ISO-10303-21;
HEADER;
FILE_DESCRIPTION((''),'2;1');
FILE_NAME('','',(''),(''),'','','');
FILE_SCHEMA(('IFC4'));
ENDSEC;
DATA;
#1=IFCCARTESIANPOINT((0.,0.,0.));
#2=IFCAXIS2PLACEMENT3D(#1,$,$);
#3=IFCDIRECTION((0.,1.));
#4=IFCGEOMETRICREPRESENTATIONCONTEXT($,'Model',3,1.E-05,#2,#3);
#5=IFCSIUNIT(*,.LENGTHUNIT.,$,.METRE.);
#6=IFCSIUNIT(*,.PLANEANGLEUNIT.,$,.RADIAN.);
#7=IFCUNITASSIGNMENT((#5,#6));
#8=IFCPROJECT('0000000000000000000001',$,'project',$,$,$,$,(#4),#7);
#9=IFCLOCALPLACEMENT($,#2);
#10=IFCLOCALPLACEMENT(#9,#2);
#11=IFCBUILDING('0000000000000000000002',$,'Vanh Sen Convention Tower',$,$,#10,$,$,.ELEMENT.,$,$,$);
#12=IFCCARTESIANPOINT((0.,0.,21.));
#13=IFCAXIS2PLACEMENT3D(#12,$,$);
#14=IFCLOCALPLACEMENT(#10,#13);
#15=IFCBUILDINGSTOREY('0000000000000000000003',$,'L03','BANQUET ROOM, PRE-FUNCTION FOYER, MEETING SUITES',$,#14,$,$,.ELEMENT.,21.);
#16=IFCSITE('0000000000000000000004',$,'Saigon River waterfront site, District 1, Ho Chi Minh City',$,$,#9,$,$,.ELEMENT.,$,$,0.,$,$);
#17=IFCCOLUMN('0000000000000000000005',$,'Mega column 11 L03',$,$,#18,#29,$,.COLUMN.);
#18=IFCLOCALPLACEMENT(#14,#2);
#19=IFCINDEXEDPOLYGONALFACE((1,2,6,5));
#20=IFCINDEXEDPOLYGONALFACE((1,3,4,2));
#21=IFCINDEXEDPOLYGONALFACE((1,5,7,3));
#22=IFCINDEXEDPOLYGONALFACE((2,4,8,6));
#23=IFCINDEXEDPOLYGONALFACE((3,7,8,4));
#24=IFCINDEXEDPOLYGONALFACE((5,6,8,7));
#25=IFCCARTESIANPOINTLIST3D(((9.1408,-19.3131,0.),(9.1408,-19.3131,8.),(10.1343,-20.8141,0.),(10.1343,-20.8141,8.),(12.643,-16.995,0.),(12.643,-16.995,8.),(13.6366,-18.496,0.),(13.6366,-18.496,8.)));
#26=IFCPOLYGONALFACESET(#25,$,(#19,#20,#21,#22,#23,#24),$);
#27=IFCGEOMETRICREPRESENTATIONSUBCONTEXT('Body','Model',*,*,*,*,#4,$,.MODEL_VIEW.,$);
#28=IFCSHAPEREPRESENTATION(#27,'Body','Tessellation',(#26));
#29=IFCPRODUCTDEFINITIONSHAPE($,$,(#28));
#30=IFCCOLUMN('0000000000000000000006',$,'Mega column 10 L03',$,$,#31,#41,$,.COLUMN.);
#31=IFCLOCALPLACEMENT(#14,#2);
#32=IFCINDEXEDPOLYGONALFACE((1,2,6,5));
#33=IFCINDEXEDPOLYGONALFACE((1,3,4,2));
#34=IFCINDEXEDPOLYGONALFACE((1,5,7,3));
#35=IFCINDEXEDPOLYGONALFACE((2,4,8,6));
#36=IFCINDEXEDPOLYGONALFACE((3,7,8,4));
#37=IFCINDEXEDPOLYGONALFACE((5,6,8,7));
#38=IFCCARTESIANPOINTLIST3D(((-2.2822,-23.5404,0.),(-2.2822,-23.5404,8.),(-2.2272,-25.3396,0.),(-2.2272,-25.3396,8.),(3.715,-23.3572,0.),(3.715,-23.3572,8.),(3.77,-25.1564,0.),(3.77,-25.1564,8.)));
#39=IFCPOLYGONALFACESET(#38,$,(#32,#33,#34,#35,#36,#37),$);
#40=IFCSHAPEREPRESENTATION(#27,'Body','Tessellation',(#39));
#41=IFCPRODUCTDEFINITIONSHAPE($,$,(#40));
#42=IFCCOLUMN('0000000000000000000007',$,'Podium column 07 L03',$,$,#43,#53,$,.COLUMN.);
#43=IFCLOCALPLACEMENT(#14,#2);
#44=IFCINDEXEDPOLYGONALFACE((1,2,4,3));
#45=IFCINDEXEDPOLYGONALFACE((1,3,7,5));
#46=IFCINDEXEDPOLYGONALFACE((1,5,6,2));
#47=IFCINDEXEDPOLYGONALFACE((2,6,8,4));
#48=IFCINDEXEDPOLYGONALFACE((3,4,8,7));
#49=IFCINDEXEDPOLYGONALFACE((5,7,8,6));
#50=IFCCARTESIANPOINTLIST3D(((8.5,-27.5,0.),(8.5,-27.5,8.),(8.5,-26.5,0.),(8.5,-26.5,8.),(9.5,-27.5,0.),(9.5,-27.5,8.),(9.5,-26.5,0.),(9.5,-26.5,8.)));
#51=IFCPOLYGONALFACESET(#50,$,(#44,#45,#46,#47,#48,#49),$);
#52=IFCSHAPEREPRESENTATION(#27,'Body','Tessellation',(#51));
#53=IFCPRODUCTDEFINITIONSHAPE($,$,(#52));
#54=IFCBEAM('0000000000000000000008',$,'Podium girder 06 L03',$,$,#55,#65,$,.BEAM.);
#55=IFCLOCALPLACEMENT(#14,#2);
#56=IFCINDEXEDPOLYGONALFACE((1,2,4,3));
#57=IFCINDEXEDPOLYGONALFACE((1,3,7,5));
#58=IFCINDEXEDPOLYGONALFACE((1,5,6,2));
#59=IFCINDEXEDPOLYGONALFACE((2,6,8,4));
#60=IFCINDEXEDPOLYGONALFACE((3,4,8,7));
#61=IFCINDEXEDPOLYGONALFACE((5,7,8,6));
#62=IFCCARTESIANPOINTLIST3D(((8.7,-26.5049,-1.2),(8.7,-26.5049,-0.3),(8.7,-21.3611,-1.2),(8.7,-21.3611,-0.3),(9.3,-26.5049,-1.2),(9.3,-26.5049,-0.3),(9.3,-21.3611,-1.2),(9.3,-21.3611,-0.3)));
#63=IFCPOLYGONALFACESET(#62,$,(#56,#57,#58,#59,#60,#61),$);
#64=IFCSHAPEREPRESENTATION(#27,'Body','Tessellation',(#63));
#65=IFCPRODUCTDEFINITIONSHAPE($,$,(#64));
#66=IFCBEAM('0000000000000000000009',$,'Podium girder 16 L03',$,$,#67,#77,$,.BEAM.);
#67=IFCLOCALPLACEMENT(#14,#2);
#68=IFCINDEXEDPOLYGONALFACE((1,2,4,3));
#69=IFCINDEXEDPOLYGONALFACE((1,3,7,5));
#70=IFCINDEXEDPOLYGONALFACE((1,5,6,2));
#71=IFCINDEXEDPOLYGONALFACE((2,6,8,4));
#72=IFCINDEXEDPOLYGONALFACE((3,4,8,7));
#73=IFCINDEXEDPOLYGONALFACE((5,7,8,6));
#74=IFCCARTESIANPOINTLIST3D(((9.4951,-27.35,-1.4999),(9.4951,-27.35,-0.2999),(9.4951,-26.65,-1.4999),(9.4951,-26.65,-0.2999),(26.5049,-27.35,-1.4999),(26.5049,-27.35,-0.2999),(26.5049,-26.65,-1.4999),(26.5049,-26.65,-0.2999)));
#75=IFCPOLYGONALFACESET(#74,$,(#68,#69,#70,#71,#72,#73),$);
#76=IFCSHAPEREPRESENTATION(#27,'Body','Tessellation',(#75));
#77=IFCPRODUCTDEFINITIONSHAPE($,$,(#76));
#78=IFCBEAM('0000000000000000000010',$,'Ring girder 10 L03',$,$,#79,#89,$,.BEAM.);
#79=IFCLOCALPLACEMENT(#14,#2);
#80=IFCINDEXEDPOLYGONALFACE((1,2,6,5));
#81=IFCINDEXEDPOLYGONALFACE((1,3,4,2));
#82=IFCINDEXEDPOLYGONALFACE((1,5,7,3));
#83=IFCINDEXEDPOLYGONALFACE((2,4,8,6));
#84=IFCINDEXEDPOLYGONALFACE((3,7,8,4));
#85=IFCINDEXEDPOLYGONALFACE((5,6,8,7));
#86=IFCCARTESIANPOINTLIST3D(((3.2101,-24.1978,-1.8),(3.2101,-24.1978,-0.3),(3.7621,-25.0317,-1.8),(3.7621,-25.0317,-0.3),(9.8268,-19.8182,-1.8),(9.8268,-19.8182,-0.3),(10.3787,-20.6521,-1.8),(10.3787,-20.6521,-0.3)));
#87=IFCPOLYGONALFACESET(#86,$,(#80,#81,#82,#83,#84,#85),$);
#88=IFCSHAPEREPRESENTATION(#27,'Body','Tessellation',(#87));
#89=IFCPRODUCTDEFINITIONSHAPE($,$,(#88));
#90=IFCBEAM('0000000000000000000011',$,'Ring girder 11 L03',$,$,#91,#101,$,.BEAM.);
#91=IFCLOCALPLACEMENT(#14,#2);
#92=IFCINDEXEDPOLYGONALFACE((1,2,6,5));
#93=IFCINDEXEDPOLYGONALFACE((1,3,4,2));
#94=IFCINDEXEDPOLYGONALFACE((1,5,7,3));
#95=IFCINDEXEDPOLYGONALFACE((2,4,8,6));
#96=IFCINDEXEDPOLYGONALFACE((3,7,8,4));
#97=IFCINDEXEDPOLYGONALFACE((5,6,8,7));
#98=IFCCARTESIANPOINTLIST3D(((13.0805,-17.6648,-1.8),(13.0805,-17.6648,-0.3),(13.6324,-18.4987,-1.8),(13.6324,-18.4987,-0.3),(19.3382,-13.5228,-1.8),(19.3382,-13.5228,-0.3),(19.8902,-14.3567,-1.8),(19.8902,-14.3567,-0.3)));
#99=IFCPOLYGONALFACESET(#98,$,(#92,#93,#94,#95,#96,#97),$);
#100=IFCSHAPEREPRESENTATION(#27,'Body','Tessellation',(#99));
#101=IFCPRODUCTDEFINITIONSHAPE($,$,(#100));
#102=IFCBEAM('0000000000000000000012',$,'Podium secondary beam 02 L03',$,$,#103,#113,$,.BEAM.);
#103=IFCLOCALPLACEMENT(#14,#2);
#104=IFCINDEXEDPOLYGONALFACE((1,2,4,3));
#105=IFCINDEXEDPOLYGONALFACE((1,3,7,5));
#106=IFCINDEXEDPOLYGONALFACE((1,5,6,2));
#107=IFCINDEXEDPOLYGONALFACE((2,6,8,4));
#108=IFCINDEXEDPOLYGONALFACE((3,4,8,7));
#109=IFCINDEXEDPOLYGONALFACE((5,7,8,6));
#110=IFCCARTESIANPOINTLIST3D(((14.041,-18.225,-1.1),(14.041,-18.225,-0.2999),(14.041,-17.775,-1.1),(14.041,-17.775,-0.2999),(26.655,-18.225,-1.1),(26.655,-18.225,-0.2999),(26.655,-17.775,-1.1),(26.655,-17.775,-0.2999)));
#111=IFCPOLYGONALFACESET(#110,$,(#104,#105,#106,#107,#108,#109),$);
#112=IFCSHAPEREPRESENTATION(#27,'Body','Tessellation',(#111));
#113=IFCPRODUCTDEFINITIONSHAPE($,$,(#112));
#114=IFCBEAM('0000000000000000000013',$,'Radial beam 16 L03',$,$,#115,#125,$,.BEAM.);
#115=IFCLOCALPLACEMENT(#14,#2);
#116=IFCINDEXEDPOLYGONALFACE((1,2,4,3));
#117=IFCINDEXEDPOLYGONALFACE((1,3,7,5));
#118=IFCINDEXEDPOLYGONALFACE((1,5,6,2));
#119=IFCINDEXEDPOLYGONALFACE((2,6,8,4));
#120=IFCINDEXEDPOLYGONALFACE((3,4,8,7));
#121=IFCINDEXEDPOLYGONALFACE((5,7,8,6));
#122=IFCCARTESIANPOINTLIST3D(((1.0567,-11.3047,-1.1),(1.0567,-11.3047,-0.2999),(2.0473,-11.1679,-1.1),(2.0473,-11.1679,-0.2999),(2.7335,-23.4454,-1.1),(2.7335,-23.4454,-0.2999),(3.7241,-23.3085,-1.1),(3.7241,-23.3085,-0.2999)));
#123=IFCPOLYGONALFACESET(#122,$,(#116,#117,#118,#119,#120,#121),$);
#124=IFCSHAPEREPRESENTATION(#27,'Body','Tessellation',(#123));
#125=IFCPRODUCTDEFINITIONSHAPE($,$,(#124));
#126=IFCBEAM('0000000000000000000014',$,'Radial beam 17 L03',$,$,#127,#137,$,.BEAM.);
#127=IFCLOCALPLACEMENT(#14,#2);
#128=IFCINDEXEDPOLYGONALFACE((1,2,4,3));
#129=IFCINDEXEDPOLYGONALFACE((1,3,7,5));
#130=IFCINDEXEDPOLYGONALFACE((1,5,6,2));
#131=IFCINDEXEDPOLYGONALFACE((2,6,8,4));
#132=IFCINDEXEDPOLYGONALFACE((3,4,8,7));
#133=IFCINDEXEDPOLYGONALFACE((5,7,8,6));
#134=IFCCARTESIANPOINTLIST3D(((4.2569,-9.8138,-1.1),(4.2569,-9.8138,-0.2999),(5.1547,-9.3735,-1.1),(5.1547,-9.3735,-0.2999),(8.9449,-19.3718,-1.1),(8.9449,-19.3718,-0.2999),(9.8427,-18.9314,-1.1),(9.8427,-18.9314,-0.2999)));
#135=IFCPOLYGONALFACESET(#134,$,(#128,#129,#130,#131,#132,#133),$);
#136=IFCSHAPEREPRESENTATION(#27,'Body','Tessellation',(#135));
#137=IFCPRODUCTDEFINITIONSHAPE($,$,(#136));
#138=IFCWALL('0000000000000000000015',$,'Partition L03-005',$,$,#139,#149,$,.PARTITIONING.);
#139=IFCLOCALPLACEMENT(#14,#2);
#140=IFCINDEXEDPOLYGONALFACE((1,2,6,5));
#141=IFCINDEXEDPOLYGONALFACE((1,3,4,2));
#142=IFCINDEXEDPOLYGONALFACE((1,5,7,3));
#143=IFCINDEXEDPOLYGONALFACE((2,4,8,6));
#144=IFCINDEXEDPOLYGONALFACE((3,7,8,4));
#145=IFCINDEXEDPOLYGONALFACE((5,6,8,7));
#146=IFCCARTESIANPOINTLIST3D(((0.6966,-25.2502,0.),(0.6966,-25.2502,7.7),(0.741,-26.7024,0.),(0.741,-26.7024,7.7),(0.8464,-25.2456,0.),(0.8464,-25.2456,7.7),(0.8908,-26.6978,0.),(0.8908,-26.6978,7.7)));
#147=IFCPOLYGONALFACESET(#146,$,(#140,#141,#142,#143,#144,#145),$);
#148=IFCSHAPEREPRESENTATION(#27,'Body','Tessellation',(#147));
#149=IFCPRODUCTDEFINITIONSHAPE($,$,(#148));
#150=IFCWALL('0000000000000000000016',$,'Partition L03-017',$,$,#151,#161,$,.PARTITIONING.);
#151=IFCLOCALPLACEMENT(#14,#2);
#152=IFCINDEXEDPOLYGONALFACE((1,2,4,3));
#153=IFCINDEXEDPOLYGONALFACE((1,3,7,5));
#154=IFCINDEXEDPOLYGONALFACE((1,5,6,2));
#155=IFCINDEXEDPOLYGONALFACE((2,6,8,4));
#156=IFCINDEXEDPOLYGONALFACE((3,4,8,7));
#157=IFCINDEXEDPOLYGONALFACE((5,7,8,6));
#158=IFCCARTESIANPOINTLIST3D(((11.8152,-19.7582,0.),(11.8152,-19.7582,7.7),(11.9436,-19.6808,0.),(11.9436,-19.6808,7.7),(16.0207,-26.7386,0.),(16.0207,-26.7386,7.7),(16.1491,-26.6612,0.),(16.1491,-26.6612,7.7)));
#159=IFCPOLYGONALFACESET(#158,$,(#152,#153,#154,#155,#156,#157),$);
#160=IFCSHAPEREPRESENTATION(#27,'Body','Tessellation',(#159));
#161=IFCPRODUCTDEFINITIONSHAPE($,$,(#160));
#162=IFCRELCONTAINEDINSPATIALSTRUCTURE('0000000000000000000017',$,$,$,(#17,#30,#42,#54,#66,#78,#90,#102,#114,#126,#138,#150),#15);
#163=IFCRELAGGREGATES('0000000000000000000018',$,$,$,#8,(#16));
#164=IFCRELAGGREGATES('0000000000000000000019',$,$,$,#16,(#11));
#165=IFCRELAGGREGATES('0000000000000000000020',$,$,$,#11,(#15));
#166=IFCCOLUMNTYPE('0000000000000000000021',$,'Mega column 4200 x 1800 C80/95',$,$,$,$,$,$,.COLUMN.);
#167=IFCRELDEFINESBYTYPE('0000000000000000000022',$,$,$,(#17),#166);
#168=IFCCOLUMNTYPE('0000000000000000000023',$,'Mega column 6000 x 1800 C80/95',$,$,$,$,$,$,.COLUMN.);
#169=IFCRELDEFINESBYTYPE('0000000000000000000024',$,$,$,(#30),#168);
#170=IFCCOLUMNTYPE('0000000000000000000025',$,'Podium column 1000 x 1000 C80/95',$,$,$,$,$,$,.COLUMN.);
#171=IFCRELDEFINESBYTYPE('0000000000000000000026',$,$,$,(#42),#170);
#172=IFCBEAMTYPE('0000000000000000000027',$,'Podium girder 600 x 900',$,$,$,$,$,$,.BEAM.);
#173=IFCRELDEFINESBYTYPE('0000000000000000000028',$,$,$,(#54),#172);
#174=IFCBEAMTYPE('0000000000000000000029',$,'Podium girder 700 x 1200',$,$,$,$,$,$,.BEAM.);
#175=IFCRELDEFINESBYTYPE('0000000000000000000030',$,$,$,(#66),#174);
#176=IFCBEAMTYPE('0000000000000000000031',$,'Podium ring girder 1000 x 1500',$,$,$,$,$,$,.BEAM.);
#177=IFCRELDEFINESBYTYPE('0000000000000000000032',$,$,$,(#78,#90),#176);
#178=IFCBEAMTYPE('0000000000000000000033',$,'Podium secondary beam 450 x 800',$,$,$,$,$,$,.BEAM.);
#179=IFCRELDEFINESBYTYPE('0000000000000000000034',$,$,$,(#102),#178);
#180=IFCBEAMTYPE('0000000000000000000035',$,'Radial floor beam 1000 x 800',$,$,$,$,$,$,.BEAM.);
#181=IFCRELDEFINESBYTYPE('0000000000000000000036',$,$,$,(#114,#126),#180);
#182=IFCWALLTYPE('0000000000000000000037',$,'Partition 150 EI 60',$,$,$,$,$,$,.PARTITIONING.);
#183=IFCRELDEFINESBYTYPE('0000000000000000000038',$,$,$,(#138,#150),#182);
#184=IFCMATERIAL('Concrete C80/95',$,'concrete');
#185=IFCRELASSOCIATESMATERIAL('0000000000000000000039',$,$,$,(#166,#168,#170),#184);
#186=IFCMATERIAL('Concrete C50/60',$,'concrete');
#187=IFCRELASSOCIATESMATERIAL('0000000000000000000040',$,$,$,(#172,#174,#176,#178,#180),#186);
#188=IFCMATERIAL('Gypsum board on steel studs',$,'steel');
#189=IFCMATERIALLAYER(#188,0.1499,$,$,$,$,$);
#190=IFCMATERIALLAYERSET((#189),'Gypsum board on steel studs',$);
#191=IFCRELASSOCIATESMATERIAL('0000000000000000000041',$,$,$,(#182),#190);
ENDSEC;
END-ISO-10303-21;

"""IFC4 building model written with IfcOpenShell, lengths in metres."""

from ifc_helpers import new_model, si_unit, direction, frame, frame_2d, origin, origin_2d, place, context, subcontext, project, spatial, rectangle, extrude, material, layer, layer_set, material_profile, profile_set, type_object, element, save


model = new_model("IFC4")

# Units and contexts
model_context = context("Model", 3, precision=1e-05, world=origin(), true_north=direction((0.0, 1.0)))
body_context = subcontext(model_context, "Body", "Model", "MODEL_VIEW")
ifc_project = project(units=[si_unit("LENGTHUNIT", "METRE"), si_unit("PLANEANGLEUNIT", "RADIAN")], contexts=[model_context])

# Site, building, storey
site_placement = place(None, origin())
site = spatial("IfcSite", under=ifc_project, at=site_placement, Name="Saigon River waterfront site, District 1, Ho Chi Minh City", CompositionType="ELEMENT", RefElevation=0.0)
building_placement = place(site_placement, origin())
building = spatial("IfcBuilding", under=site, at=building_placement, Name="Vanh Sen Convention Tower", CompositionType="ELEMENT")
storey_placement = place(building_placement, frame((0.0, 0.0, 21.0)))
storey = spatial("IfcBuildingStorey", under=building, at=storey_placement, Name="L03", Description="BANQUET ROOM, PRE-FUNCTION FOYER, MEETING SUITES", CompositionType="ELEMENT", Elevation=21.0)

# Columns
ifc_material_1 = material(Name="Concrete C80/95", Category="concrete")
ifc_material_profile_1 = material_profile(ifc_material_1, rectangle(XDim=4.2, YDim=1.8, at=origin_2d()), Name="RC 4200X1800")
ifc_profile_set_1 = profile_set([ifc_material_profile_1], Name="Concrete C80/95")
column_type_1 = type_object("IfcColumnType", Name="Mega column 4200 x 1800 C80/95", PredefinedType="COLUMN", material=ifc_profile_set_1)
column_1_placement = place(storey_placement, frame((11.3887, -18.9045, 0.0), z_axis=(0.0, 0.0, 1.0), x_axis=(0.83388, 0.551946, 0.0)))
element("IfcColumn", 1, at=column_1_placement, inside=storey, type_object=column_type_1, Name="Mega column 11 L03", PredefinedType="COLUMN", context=body_context, shape_type="SweptSolid", body=[
    extrude(rectangle(XDim=4.2, YDim=1.8, at=origin_2d()), origin(), (0.0, 0.0, 1.0), 8.0),
])
ifc_material_profile_2 = material_profile(ifc_material_1, rectangle(XDim=6.0, YDim=1.8, at=origin_2d()), Name="RC 6000X1800")
ifc_profile_set_2 = profile_set([ifc_material_profile_2], Name="Concrete C80/95")
column_type_2 = type_object("IfcColumnType", Name="Mega column 6000 x 1800 C80/95", PredefinedType="COLUMN", material=ifc_profile_set_2)
column_2_placement = place(storey_placement, frame((0.7439, -24.3484, 0.0), z_axis=(0.0, 0.0, 1.0), x_axis=(0.999533, 0.030542, 0.0)))
element("IfcColumn", 2, at=column_2_placement, inside=storey, type_object=column_type_2, Name="Mega column 10 L03", PredefinedType="COLUMN", context=body_context, shape_type="SweptSolid", body=[
    extrude(rectangle(XDim=6.0, YDim=1.8, at=origin_2d()), origin(), (0.0, 0.0, 1.0), 8.0),
])
ifc_material_profile_3 = material_profile(ifc_material_1, rectangle(XDim=1.0, YDim=1.0, at=origin_2d()), Name="RC 1000X1000")
ifc_profile_set_3 = profile_set([ifc_material_profile_3], Name="Concrete C80/95")
column_type_3 = type_object("IfcColumnType", Name="Podium column 1000 x 1000 C80/95", PredefinedType="COLUMN", material=ifc_profile_set_3)
column_3_placement = place(storey_placement, frame((9.0, -27.0, 0.0), z_axis=(0.0, 0.0, 1.0), x_axis=(1.0, 0.0, 0.0)))
element("IfcColumn", 3, at=column_3_placement, inside=storey, type_object=column_type_3, Name="Podium column 07 L03", PredefinedType="COLUMN", context=body_context, shape_type="SweptSolid", body=[
    extrude(rectangle(XDim=1.0, YDim=1.0, at=origin_2d()), origin(), (0.0, 0.0, 1.0), 8.0),
])

# Beams
ifc_material_2 = material(Name="Concrete C50/60", Category="concrete")
ifc_material_profile_4 = material_profile(ifc_material_2, rectangle(XDim=0.6001, YDim=0.8999, at=origin_2d()), Name="RC 600X900")
ifc_profile_set_4 = profile_set([ifc_material_profile_4], Name="Concrete C50/60")
beam_type_1 = type_object("IfcBeamType", Name="Podium girder 600 x 900", PredefinedType="BEAM", material=ifc_profile_set_4)
beam_1_placement = place(storey_placement, frame((9.0, -26.5049, -0.75), z_axis=(0.0, 1.0, 0.0), x_axis=(-1.0, 0.0, 0.0)))
element("IfcBeam", 4, at=beam_1_placement, inside=storey, type_object=beam_type_1, Name="Podium girder 06 L03", PredefinedType="BEAM", context=body_context, shape_type="SweptSolid", body=[
    extrude(rectangle(XDim=0.6001, YDim=0.8999, at=origin_2d()), origin(), (0.0, 0.0, 1.0), 5.1438),
])
ifc_material_profile_5 = material_profile(ifc_material_2, rectangle(XDim=0.7, YDim=1.2, at=origin_2d()), Name="RC 700X1200")
ifc_profile_set_5 = profile_set([ifc_material_profile_5], Name="Concrete C50/60")
beam_type_2 = type_object("IfcBeamType", Name="Podium girder 700 x 1200", PredefinedType="BEAM", material=ifc_profile_set_5)
beam_2_placement = place(storey_placement, frame((9.4951, -27.0, -0.8999), z_axis=(1.0, 0.0, 0.0), x_axis=(0.0, 1.0, 0.0)))
element("IfcBeam", 5, at=beam_2_placement, inside=storey, type_object=beam_type_2, Name="Podium girder 16 L03", PredefinedType="BEAM", context=body_context, shape_type="SweptSolid", body=[
    extrude(rectangle(XDim=0.7, YDim=1.2, at=origin_2d()), origin(), (0.0, 0.0, 1.0), 17.0098),
])
ifc_material_profile_6 = material_profile(ifc_material_2, rectangle(XDim=1.0, YDim=1.5, at=origin_2d()), Name="RC 1000X1500")
ifc_profile_set_6 = profile_set([ifc_material_profile_6], Name="Concrete C50/60")
beam_type_3 = type_object("IfcBeamType", Name="Podium ring girder 1000 x 1500", PredefinedType="BEAM", material=ifc_profile_set_6)
beam_3_placement = place(storey_placement, frame((3.4861, -24.6147, -1.05), z_axis=(0.833878, 0.551949, 0.0), x_axis=(-0.551949, 0.833878, 0.0)))
element("IfcBeam", 6, at=beam_3_placement, inside=storey, type_object=beam_type_3, Name="Ring girder 10 L03", PredefinedType="BEAM", context=body_context, shape_type="SweptSolid", body=[
    extrude(rectangle(XDim=1.0, YDim=1.5, at=origin_2d()), origin(), (0.0, 0.0, 1.0), 7.9348),
])
beam_4_placement = place(storey_placement, frame((13.3564, -18.0818, -1.05), z_axis=(0.833878, 0.551949, 0.0), x_axis=(-0.551949, 0.833878, 0.0)))
element("IfcBeam", 7, at=beam_4_placement, inside=storey, type_object=beam_type_3, Name="Ring girder 11 L03", PredefinedType="BEAM", context=body_context, shape_type="SweptSolid", body=[
    extrude(rectangle(XDim=1.0, YDim=1.5, at=origin_2d()), origin(), (0.0, 0.0, 1.0), 7.5044),
])
ifc_material_profile_7 = material_profile(ifc_material_2, rectangle(XDim=0.45, YDim=0.8, at=origin_2d()), Name="RC 450X800")
ifc_profile_set_7 = profile_set([ifc_material_profile_7], Name="Concrete C50/60")
beam_type_4 = type_object("IfcBeamType", Name="Podium secondary beam 450 x 800", PredefinedType="BEAM", material=ifc_profile_set_7)
beam_5_placement = place(storey_placement, frame((14.041, -18.0, -0.7), z_axis=(1.0, 0.0, 0.0), x_axis=(0.0, 1.0, 0.0)))
element("IfcBeam", 8, at=beam_5_placement, inside=storey, type_object=beam_type_4, Name="Podium secondary beam 02 L03", PredefinedType="BEAM", context=body_context, shape_type="SweptSolid", body=[
    extrude(rectangle(XDim=0.45, YDim=0.8, at=origin_2d()), origin(), (0.0, 0.0, 1.0), 12.614),
])
ifc_material_profile_8 = material_profile(ifc_material_2, rectangle(XDim=1.0, YDim=0.8, at=origin_2d()), Name="RC 1000X800")
ifc_profile_set_8 = profile_set([ifc_material_profile_8], Name="Concrete C50/60")
beam_type_5 = type_object("IfcBeamType", Name="Radial floor beam 1000 x 800", PredefinedType="BEAM", material=ifc_profile_set_8)
beam_6_placement = place(storey_placement, frame((3.2288, -23.377, -0.7), z_axis=(-0.136813, 0.990597, 0.0), x_axis=(-0.990597, -0.136813, 0.0)))
element("IfcBeam", 9, at=beam_6_placement, inside=storey, type_object=beam_type_5, Name="Radial beam 16 L03", PredefinedType="BEAM", context=body_context, shape_type="SweptSolid", body=[
    extrude(rectangle(XDim=1.0, YDim=0.8, at=origin_2d()), origin(), (0.0, 0.0, 1.0), 12.2559),
])
beam_7_placement = place(storey_placement, frame((9.3938, -19.1516, -0.7), z_axis=(-0.440366, 0.897818, 0.0), x_axis=(-0.897818, -0.440366, 0.0)))
element("IfcBeam", 10, at=beam_7_placement, inside=storey, type_object=beam_type_5, Name="Radial beam 17 L03", PredefinedType="BEAM", context=body_context, shape_type="SweptSolid", body=[
    extrude(rectangle(XDim=1.0, YDim=0.8, at=origin_2d()), origin(), (0.0, 0.0, 1.0), 10.6458),
])

# Walls
ifc_material_3 = material(Name="Gypsum board on steel studs", Category="steel")
ifc_layer_1 = layer(ifc_material_3, 0.1499)
ifc_layer_set_1 = layer_set([ifc_layer_1], Name="Gypsum board on steel studs")
wall_type_1 = type_object("IfcWallType", Name="Partition 150 EI 60", PredefinedType="PARTITIONING", material=ifc_layer_set_1)
wall_1_placement = place(storey_placement, frame((0.7715, -25.2478, 0.0), z_axis=(0.0, 0.0, 1.0), x_axis=(0.030584, -0.999532, 0.0)))
element("IfcWall", 11, at=wall_1_placement, inside=storey, type_object=wall_type_1, Name="Partition L03-005", PredefinedType="PARTITIONING", context=body_context, shape_type="SweptSolid", body=[
    extrude(rectangle(XDim=1.4529, YDim=0.1499, at=frame_2d((0.7266, 0.0))), origin(), (0.0, 0.0, 1.0), 7.7),
])
wall_2_placement = place(storey_placement, frame((11.8794, -19.7195, 0.0), z_axis=(0.0, 0.0, 1.0), x_axis=(0.516054, -0.856556, 0.0)))
element("IfcWall", 12, at=wall_2_placement, inside=storey, type_object=wall_type_1, Name="Partition L03-017", PredefinedType="PARTITIONING", context=body_context, shape_type="SweptSolid", body=[
    extrude(rectangle(XDim=8.1494, YDim=0.1499, at=frame_2d((4.0747, 0.0))), origin(), (0.0, 0.0, 1.0), 7.7),
])

save(model, "model.ifc")
